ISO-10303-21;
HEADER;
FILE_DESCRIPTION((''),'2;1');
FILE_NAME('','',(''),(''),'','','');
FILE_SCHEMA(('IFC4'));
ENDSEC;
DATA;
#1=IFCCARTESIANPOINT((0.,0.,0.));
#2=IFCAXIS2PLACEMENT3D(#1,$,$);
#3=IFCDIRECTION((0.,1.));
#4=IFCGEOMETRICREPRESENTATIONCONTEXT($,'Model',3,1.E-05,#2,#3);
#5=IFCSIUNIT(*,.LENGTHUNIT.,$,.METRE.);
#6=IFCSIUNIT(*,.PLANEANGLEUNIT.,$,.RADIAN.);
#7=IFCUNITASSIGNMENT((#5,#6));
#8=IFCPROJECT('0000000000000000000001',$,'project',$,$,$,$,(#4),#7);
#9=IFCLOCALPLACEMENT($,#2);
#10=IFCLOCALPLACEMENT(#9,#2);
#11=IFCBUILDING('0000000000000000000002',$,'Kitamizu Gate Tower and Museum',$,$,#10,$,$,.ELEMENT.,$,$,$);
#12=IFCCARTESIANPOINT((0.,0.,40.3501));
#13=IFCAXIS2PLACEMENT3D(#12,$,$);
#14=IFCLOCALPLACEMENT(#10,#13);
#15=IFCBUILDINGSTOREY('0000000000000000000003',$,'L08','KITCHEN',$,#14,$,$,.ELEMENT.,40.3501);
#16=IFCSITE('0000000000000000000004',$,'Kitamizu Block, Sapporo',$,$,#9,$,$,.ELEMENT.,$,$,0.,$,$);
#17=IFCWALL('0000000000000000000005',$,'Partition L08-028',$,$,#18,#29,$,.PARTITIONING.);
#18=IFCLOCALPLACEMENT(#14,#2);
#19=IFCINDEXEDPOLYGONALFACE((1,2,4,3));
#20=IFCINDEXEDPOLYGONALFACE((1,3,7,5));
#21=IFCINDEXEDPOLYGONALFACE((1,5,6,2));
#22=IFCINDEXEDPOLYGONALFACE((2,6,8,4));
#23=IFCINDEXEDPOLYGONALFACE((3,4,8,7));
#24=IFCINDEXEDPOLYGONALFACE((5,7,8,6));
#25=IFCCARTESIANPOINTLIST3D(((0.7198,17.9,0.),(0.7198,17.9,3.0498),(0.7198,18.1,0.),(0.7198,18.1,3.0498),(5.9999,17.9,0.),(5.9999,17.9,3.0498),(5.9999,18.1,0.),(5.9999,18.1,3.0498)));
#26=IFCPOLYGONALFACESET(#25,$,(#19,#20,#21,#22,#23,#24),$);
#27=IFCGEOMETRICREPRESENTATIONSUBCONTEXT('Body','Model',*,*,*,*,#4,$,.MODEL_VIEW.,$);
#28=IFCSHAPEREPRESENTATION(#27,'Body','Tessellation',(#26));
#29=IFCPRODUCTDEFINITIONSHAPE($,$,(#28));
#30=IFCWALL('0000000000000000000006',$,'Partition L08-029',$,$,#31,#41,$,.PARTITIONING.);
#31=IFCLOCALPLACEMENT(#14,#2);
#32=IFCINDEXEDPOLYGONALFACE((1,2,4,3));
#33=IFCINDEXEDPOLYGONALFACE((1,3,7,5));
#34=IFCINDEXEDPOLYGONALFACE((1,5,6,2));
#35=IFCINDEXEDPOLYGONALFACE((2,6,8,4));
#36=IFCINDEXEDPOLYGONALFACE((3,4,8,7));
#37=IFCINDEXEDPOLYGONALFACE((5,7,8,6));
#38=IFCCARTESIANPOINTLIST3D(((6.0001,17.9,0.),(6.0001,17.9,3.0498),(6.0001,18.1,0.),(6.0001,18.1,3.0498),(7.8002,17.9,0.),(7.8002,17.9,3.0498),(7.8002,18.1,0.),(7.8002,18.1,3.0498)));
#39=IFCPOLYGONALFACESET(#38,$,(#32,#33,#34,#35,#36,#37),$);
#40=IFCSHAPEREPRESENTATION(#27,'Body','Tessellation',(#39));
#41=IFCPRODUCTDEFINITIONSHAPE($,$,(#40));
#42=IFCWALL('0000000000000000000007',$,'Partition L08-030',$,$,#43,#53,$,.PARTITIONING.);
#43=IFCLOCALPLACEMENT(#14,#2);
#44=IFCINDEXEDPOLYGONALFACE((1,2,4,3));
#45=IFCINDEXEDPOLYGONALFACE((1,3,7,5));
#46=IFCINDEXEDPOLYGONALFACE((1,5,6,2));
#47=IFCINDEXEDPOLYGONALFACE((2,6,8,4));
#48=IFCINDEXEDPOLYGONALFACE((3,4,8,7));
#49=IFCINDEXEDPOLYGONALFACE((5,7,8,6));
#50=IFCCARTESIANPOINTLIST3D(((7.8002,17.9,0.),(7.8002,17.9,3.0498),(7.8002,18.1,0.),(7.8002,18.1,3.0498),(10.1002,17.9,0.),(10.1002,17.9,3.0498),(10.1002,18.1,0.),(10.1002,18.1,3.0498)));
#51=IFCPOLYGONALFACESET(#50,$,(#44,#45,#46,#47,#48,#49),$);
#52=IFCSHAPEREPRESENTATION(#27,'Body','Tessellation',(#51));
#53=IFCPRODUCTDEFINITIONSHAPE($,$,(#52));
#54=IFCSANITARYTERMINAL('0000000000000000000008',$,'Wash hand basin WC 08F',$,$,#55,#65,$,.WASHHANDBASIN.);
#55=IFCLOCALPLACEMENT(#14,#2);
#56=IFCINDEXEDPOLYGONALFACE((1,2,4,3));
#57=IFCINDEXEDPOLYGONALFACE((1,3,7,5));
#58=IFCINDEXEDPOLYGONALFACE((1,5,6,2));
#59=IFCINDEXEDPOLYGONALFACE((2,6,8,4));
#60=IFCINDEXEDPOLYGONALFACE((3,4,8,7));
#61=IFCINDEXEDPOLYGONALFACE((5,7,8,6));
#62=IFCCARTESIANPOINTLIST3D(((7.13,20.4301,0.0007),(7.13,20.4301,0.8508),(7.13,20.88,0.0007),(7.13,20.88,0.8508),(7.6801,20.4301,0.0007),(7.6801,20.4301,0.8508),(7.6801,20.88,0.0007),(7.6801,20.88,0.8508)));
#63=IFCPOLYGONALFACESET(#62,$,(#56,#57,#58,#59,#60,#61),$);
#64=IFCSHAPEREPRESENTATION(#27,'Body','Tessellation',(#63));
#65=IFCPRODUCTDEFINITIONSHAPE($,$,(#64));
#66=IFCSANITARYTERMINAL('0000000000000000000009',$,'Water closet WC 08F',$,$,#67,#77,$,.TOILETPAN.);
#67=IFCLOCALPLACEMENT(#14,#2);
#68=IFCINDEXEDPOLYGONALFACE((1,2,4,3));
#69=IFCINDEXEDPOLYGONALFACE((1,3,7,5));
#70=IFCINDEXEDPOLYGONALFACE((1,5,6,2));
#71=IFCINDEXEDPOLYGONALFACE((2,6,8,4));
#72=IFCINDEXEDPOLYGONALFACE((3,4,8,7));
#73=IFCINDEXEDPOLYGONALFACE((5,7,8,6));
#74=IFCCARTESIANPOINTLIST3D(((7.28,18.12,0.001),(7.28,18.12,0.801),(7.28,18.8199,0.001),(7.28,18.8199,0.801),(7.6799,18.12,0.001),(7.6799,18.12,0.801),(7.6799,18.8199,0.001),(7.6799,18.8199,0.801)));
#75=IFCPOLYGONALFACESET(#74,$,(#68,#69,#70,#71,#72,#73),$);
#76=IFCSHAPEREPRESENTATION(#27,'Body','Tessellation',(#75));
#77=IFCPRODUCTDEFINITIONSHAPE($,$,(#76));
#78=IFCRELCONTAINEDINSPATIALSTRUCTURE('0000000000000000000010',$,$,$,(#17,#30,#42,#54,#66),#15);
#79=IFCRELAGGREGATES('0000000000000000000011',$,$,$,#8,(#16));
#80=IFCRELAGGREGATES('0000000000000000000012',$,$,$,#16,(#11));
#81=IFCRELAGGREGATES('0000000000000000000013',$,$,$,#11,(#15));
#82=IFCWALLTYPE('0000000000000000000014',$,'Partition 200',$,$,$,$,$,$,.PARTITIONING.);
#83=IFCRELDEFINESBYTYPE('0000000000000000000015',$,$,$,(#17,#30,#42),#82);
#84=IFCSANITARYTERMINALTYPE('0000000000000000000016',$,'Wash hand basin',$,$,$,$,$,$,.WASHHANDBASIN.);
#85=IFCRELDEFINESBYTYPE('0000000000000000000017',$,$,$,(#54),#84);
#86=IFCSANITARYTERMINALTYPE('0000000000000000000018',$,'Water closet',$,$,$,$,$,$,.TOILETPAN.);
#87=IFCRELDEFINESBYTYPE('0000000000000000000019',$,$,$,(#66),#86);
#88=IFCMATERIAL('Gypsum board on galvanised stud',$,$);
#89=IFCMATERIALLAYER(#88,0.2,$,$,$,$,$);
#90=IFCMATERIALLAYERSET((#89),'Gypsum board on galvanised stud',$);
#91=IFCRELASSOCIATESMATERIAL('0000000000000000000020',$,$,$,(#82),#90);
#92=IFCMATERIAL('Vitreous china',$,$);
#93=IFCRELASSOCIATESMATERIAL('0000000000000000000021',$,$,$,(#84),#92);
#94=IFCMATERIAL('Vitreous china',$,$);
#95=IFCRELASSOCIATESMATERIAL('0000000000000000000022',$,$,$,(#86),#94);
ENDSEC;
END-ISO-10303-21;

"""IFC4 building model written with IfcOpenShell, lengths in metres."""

from ifc_helpers import new_model, si_unit, direction, frame, frame_2d, origin, origin_2d, place, context, subcontext, project, spatial, rectangle, extrude, material, layer, layer_set, type_object, element, save


model = new_model("IFC4")

# Units and contexts
model_context = context("Model", 3, precision=1e-05, world=origin(), true_north=direction((0.0, 1.0)))
body_context = subcontext(model_context, "Body", "Model", "MODEL_VIEW")
ifc_project = project(units=[si_unit("LENGTHUNIT", "METRE"), si_unit("PLANEANGLEUNIT", "RADIAN")], contexts=[model_context])

# Site, building, storey
site_placement = place(None, origin())
site = spatial("IfcSite", under=ifc_project, at=site_placement, Name="Kitamizu Block, Sapporo", CompositionType="ELEMENT", RefElevation=0.0)
building_placement = place(site_placement, origin())
building = spatial("IfcBuilding", under=site, at=building_placement, Name="Kitamizu Gate Tower and Museum", CompositionType="ELEMENT")
storey_placement = place(building_placement, frame((0.0, 0.0, 40.3501)))
storey = spatial("IfcBuildingStorey", under=building, at=storey_placement, Name="L08", Description="KITCHEN", CompositionType="ELEMENT", Elevation=40.3501)

# Walls
ifc_material_1 = material(Name="Gypsum board on galvanised stud")
ifc_layer_1 = layer(ifc_material_1, 0.2)
ifc_layer_set_1 = layer_set([ifc_layer_1], Name="Gypsum board on galvanised stud")
wall_type_1 = type_object("IfcWallType", Name="Partition 200", PredefinedType="PARTITIONING", material=ifc_layer_set_1)
wall_1_placement = place(storey_placement, frame((6.0, 18.0, 0.0), z_axis=(0.0, 0.0, 1.0), x_axis=(-1.0, 0.0, 0.0)))
element("IfcWall", 1, at=wall_1_placement, inside=storey, type_object=wall_type_1, Name="Partition L08-028", PredefinedType="PARTITIONING", context=body_context, shape_type="SweptSolid", body=[
    extrude(rectangle(XDim=5.28, YDim=0.2, at=frame_2d((2.6401, 0.0))), origin(), (0.0, 0.0, 1.0), 3.0498),
])
wall_2_placement = place(storey_placement, frame((7.8, 18.0, 0.0), z_axis=(0.0, 0.0, 1.0), x_axis=(-1.0, 0.0, 0.0)))
element("IfcWall", 2, at=wall_2_placement, inside=storey, type_object=wall_type_1, Name="Partition L08-029", PredefinedType="PARTITIONING", context=body_context, shape_type="SweptSolid", body=[
    extrude(rectangle(XDim=1.8, YDim=0.2, at=frame_2d((0.8999, 0.0))), origin(), (0.0, 0.0, 1.0), 3.0498),
])
wall_3_placement = place(storey_placement, frame((10.1001, 18.0, 0.0), z_axis=(0.0, 0.0, 1.0), x_axis=(-1.0, 0.0, 0.0)))
element("IfcWall", 3, at=wall_3_placement, inside=storey, type_object=wall_type_1, Name="Partition L08-030", PredefinedType="PARTITIONING", context=body_context, shape_type="SweptSolid", body=[
    extrude(rectangle(XDim=2.3, YDim=0.2, at=frame_2d((1.1499, 0.0))), origin(), (0.0, 0.0, 1.0), 3.0498),
])

# Sanitary terminals
ifc_material_2 = material(Name="Vitreous china")
sanitary_terminal_type_1 = type_object("IfcSanitaryTerminalType", Name="Wash hand basin", PredefinedType="WASHHANDBASIN", material=ifc_material_2)
sanitary_terminal_1_placement = place(storey_placement, frame((7.405, 20.655, 0.0007), z_axis=(0.0, 0.0, 1.0), x_axis=(1.0, 0.0, 0.0)))
element("IfcSanitaryTerminal", 4, at=sanitary_terminal_1_placement, inside=storey, type_object=sanitary_terminal_type_1, Name="Wash hand basin WC 08F", PredefinedType="WASHHANDBASIN", context=body_context, shape_type="SweptSolid", body=[
    extrude(rectangle(XDim=0.55, YDim=0.45, at=origin_2d()), origin(), (0.0, 0.0, 1.0), 0.8501),
])
ifc_material_3 = material(Name="Vitreous china")
sanitary_terminal_type_2 = type_object("IfcSanitaryTerminalType", Name="Water closet", PredefinedType="TOILETPAN", material=ifc_material_3)
sanitary_terminal_2_placement = place(storey_placement, frame((7.48, 18.47, 0.001), z_axis=(0.0, 0.0, 1.0), x_axis=(1.0, 0.0, 0.0)))
element("IfcSanitaryTerminal", 5, at=sanitary_terminal_2_placement, inside=storey, type_object=sanitary_terminal_type_2, Name="Water closet WC 08F", PredefinedType="TOILETPAN", context=body_context, shape_type="SweptSolid", body=[
    extrude(rectangle(XDim=0.3999, YDim=0.7, at=origin_2d()), origin(), (0.0, 0.0, 1.0), 0.8),
])

save(model, "model.ifc")
